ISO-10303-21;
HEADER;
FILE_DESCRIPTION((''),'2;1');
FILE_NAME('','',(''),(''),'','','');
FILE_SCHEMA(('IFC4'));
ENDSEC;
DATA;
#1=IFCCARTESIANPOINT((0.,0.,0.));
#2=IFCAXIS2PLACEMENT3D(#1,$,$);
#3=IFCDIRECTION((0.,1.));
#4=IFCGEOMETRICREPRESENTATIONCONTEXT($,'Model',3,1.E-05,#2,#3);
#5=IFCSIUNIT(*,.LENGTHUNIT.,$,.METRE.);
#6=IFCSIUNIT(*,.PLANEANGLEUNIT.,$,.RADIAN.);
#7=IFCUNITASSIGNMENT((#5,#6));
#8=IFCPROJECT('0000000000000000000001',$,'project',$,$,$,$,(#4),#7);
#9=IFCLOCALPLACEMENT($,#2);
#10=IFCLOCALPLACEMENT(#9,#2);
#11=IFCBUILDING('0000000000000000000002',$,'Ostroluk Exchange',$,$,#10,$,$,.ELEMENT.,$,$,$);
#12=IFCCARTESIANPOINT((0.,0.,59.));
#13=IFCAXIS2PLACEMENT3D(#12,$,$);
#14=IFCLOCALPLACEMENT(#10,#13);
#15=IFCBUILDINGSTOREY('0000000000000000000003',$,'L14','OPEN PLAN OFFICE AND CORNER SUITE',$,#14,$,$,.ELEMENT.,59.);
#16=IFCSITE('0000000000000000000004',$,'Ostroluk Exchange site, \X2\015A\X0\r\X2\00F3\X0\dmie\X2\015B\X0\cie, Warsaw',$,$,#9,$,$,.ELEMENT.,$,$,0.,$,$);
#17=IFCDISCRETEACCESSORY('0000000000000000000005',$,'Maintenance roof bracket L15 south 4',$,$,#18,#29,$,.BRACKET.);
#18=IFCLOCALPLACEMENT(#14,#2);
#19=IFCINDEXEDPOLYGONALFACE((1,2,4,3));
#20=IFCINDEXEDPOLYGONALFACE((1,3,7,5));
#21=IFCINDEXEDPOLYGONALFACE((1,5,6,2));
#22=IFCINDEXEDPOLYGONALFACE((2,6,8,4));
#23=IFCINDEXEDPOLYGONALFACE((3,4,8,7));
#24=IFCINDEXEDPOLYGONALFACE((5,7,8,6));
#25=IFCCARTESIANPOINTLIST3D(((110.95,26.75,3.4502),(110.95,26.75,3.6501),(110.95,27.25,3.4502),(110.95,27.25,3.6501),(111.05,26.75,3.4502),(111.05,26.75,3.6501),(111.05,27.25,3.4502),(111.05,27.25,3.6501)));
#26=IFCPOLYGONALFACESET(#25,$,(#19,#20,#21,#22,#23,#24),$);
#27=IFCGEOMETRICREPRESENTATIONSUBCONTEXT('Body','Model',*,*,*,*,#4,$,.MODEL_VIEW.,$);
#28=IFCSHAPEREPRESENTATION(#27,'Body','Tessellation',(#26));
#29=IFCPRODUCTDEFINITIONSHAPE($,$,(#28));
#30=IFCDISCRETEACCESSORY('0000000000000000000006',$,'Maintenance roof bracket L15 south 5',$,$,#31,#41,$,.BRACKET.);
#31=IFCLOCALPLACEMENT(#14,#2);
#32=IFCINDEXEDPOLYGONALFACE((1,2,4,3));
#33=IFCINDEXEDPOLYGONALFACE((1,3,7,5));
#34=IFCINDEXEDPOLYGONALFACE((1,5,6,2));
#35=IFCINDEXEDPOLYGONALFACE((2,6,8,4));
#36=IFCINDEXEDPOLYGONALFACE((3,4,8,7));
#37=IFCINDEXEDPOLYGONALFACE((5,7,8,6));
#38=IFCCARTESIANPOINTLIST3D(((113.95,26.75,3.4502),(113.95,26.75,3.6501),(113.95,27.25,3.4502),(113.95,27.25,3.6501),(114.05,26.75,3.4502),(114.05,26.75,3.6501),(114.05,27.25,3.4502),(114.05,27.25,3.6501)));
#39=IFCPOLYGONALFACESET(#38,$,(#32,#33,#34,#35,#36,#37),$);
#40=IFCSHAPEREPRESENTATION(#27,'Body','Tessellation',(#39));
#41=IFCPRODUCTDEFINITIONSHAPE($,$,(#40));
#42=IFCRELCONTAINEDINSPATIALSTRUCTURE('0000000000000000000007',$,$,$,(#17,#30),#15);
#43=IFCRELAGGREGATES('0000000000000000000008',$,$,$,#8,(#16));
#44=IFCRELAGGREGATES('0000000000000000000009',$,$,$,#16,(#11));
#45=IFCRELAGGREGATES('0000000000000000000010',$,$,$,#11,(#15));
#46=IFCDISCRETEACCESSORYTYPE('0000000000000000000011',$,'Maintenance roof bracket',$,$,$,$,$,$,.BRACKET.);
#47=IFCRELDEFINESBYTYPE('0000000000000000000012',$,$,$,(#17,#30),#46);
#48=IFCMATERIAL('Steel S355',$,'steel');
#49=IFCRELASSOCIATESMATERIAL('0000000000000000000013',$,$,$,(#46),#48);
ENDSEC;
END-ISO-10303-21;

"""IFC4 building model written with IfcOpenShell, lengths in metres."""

from ifc_helpers import new_model, si_unit, direction, frame, origin, origin_2d, place, context, subcontext, project, spatial, rectangle, extrude, material, type_object, element, save


model = new_model("IFC4")

# Units and contexts
model_context = context("Model", 3, precision=1e-05, world=origin(), true_north=direction((0.0, 1.0)))
body_context = subcontext(model_context, "Body", "Model", "MODEL_VIEW")
ifc_project = project(units=[si_unit("LENGTHUNIT", "METRE"), si_unit("PLANEANGLEUNIT", "RADIAN")], contexts=[model_context])

# Site, building, storey
site_placement = place(None, origin())
site = spatial("IfcSite", under=ifc_project, at=site_placement, Name="Ostroluk Exchange site, Śródmieście, Warsaw", CompositionType="ELEMENT", RefElevation=0.0)
building_placement = place(site_placement, origin())
building = spatial("IfcBuilding", under=site, at=building_placement, Name="Ostroluk Exchange", CompositionType="ELEMENT")
storey_placement = place(building_placement, frame((0.0, 0.0, 59.0)))
storey = spatial("IfcBuildingStorey", under=building, at=storey_placement, Name="L14", Description="OPEN PLAN OFFICE AND CORNER SUITE", CompositionType="ELEMENT", Elevation=59.0)

# Discrete accessories
ifc_material_1 = material(Name="Steel S355", Category="steel")
discrete_accessory_type = type_object("IfcDiscreteAccessoryType", Name="Maintenance roof bracket", PredefinedType="BRACKET", material=ifc_material_1)
for number, where, z_axis, x_axis, name in (
    (1, (111.0, 27.0, 3.4502), (0.0, 0.0, 1.0), (1.0, 0.0, 0.0), "Maintenance roof bracket L15 south 4"),
    (2, (114.0, 27.0, 3.4502), (0.0, 0.0, 1.0), (1.0, 0.0, 0.0), "Maintenance roof bracket L15 south 5"),
):
    element("IfcDiscreteAccessory", number, at=place(storey_placement, frame(where, z_axis=z_axis, x_axis=x_axis)), inside=storey, type_object=discrete_accessory_type, Name=name, PredefinedType="BRACKET", context=body_context, shape_type="SweptSolid", body=[
        extrude(rectangle(XDim=0.1001, YDim=0.5, at=origin_2d()), origin(), (0.0, 0.0, 1.0), 0.2),
    ])

save(model, "model.ifc")
